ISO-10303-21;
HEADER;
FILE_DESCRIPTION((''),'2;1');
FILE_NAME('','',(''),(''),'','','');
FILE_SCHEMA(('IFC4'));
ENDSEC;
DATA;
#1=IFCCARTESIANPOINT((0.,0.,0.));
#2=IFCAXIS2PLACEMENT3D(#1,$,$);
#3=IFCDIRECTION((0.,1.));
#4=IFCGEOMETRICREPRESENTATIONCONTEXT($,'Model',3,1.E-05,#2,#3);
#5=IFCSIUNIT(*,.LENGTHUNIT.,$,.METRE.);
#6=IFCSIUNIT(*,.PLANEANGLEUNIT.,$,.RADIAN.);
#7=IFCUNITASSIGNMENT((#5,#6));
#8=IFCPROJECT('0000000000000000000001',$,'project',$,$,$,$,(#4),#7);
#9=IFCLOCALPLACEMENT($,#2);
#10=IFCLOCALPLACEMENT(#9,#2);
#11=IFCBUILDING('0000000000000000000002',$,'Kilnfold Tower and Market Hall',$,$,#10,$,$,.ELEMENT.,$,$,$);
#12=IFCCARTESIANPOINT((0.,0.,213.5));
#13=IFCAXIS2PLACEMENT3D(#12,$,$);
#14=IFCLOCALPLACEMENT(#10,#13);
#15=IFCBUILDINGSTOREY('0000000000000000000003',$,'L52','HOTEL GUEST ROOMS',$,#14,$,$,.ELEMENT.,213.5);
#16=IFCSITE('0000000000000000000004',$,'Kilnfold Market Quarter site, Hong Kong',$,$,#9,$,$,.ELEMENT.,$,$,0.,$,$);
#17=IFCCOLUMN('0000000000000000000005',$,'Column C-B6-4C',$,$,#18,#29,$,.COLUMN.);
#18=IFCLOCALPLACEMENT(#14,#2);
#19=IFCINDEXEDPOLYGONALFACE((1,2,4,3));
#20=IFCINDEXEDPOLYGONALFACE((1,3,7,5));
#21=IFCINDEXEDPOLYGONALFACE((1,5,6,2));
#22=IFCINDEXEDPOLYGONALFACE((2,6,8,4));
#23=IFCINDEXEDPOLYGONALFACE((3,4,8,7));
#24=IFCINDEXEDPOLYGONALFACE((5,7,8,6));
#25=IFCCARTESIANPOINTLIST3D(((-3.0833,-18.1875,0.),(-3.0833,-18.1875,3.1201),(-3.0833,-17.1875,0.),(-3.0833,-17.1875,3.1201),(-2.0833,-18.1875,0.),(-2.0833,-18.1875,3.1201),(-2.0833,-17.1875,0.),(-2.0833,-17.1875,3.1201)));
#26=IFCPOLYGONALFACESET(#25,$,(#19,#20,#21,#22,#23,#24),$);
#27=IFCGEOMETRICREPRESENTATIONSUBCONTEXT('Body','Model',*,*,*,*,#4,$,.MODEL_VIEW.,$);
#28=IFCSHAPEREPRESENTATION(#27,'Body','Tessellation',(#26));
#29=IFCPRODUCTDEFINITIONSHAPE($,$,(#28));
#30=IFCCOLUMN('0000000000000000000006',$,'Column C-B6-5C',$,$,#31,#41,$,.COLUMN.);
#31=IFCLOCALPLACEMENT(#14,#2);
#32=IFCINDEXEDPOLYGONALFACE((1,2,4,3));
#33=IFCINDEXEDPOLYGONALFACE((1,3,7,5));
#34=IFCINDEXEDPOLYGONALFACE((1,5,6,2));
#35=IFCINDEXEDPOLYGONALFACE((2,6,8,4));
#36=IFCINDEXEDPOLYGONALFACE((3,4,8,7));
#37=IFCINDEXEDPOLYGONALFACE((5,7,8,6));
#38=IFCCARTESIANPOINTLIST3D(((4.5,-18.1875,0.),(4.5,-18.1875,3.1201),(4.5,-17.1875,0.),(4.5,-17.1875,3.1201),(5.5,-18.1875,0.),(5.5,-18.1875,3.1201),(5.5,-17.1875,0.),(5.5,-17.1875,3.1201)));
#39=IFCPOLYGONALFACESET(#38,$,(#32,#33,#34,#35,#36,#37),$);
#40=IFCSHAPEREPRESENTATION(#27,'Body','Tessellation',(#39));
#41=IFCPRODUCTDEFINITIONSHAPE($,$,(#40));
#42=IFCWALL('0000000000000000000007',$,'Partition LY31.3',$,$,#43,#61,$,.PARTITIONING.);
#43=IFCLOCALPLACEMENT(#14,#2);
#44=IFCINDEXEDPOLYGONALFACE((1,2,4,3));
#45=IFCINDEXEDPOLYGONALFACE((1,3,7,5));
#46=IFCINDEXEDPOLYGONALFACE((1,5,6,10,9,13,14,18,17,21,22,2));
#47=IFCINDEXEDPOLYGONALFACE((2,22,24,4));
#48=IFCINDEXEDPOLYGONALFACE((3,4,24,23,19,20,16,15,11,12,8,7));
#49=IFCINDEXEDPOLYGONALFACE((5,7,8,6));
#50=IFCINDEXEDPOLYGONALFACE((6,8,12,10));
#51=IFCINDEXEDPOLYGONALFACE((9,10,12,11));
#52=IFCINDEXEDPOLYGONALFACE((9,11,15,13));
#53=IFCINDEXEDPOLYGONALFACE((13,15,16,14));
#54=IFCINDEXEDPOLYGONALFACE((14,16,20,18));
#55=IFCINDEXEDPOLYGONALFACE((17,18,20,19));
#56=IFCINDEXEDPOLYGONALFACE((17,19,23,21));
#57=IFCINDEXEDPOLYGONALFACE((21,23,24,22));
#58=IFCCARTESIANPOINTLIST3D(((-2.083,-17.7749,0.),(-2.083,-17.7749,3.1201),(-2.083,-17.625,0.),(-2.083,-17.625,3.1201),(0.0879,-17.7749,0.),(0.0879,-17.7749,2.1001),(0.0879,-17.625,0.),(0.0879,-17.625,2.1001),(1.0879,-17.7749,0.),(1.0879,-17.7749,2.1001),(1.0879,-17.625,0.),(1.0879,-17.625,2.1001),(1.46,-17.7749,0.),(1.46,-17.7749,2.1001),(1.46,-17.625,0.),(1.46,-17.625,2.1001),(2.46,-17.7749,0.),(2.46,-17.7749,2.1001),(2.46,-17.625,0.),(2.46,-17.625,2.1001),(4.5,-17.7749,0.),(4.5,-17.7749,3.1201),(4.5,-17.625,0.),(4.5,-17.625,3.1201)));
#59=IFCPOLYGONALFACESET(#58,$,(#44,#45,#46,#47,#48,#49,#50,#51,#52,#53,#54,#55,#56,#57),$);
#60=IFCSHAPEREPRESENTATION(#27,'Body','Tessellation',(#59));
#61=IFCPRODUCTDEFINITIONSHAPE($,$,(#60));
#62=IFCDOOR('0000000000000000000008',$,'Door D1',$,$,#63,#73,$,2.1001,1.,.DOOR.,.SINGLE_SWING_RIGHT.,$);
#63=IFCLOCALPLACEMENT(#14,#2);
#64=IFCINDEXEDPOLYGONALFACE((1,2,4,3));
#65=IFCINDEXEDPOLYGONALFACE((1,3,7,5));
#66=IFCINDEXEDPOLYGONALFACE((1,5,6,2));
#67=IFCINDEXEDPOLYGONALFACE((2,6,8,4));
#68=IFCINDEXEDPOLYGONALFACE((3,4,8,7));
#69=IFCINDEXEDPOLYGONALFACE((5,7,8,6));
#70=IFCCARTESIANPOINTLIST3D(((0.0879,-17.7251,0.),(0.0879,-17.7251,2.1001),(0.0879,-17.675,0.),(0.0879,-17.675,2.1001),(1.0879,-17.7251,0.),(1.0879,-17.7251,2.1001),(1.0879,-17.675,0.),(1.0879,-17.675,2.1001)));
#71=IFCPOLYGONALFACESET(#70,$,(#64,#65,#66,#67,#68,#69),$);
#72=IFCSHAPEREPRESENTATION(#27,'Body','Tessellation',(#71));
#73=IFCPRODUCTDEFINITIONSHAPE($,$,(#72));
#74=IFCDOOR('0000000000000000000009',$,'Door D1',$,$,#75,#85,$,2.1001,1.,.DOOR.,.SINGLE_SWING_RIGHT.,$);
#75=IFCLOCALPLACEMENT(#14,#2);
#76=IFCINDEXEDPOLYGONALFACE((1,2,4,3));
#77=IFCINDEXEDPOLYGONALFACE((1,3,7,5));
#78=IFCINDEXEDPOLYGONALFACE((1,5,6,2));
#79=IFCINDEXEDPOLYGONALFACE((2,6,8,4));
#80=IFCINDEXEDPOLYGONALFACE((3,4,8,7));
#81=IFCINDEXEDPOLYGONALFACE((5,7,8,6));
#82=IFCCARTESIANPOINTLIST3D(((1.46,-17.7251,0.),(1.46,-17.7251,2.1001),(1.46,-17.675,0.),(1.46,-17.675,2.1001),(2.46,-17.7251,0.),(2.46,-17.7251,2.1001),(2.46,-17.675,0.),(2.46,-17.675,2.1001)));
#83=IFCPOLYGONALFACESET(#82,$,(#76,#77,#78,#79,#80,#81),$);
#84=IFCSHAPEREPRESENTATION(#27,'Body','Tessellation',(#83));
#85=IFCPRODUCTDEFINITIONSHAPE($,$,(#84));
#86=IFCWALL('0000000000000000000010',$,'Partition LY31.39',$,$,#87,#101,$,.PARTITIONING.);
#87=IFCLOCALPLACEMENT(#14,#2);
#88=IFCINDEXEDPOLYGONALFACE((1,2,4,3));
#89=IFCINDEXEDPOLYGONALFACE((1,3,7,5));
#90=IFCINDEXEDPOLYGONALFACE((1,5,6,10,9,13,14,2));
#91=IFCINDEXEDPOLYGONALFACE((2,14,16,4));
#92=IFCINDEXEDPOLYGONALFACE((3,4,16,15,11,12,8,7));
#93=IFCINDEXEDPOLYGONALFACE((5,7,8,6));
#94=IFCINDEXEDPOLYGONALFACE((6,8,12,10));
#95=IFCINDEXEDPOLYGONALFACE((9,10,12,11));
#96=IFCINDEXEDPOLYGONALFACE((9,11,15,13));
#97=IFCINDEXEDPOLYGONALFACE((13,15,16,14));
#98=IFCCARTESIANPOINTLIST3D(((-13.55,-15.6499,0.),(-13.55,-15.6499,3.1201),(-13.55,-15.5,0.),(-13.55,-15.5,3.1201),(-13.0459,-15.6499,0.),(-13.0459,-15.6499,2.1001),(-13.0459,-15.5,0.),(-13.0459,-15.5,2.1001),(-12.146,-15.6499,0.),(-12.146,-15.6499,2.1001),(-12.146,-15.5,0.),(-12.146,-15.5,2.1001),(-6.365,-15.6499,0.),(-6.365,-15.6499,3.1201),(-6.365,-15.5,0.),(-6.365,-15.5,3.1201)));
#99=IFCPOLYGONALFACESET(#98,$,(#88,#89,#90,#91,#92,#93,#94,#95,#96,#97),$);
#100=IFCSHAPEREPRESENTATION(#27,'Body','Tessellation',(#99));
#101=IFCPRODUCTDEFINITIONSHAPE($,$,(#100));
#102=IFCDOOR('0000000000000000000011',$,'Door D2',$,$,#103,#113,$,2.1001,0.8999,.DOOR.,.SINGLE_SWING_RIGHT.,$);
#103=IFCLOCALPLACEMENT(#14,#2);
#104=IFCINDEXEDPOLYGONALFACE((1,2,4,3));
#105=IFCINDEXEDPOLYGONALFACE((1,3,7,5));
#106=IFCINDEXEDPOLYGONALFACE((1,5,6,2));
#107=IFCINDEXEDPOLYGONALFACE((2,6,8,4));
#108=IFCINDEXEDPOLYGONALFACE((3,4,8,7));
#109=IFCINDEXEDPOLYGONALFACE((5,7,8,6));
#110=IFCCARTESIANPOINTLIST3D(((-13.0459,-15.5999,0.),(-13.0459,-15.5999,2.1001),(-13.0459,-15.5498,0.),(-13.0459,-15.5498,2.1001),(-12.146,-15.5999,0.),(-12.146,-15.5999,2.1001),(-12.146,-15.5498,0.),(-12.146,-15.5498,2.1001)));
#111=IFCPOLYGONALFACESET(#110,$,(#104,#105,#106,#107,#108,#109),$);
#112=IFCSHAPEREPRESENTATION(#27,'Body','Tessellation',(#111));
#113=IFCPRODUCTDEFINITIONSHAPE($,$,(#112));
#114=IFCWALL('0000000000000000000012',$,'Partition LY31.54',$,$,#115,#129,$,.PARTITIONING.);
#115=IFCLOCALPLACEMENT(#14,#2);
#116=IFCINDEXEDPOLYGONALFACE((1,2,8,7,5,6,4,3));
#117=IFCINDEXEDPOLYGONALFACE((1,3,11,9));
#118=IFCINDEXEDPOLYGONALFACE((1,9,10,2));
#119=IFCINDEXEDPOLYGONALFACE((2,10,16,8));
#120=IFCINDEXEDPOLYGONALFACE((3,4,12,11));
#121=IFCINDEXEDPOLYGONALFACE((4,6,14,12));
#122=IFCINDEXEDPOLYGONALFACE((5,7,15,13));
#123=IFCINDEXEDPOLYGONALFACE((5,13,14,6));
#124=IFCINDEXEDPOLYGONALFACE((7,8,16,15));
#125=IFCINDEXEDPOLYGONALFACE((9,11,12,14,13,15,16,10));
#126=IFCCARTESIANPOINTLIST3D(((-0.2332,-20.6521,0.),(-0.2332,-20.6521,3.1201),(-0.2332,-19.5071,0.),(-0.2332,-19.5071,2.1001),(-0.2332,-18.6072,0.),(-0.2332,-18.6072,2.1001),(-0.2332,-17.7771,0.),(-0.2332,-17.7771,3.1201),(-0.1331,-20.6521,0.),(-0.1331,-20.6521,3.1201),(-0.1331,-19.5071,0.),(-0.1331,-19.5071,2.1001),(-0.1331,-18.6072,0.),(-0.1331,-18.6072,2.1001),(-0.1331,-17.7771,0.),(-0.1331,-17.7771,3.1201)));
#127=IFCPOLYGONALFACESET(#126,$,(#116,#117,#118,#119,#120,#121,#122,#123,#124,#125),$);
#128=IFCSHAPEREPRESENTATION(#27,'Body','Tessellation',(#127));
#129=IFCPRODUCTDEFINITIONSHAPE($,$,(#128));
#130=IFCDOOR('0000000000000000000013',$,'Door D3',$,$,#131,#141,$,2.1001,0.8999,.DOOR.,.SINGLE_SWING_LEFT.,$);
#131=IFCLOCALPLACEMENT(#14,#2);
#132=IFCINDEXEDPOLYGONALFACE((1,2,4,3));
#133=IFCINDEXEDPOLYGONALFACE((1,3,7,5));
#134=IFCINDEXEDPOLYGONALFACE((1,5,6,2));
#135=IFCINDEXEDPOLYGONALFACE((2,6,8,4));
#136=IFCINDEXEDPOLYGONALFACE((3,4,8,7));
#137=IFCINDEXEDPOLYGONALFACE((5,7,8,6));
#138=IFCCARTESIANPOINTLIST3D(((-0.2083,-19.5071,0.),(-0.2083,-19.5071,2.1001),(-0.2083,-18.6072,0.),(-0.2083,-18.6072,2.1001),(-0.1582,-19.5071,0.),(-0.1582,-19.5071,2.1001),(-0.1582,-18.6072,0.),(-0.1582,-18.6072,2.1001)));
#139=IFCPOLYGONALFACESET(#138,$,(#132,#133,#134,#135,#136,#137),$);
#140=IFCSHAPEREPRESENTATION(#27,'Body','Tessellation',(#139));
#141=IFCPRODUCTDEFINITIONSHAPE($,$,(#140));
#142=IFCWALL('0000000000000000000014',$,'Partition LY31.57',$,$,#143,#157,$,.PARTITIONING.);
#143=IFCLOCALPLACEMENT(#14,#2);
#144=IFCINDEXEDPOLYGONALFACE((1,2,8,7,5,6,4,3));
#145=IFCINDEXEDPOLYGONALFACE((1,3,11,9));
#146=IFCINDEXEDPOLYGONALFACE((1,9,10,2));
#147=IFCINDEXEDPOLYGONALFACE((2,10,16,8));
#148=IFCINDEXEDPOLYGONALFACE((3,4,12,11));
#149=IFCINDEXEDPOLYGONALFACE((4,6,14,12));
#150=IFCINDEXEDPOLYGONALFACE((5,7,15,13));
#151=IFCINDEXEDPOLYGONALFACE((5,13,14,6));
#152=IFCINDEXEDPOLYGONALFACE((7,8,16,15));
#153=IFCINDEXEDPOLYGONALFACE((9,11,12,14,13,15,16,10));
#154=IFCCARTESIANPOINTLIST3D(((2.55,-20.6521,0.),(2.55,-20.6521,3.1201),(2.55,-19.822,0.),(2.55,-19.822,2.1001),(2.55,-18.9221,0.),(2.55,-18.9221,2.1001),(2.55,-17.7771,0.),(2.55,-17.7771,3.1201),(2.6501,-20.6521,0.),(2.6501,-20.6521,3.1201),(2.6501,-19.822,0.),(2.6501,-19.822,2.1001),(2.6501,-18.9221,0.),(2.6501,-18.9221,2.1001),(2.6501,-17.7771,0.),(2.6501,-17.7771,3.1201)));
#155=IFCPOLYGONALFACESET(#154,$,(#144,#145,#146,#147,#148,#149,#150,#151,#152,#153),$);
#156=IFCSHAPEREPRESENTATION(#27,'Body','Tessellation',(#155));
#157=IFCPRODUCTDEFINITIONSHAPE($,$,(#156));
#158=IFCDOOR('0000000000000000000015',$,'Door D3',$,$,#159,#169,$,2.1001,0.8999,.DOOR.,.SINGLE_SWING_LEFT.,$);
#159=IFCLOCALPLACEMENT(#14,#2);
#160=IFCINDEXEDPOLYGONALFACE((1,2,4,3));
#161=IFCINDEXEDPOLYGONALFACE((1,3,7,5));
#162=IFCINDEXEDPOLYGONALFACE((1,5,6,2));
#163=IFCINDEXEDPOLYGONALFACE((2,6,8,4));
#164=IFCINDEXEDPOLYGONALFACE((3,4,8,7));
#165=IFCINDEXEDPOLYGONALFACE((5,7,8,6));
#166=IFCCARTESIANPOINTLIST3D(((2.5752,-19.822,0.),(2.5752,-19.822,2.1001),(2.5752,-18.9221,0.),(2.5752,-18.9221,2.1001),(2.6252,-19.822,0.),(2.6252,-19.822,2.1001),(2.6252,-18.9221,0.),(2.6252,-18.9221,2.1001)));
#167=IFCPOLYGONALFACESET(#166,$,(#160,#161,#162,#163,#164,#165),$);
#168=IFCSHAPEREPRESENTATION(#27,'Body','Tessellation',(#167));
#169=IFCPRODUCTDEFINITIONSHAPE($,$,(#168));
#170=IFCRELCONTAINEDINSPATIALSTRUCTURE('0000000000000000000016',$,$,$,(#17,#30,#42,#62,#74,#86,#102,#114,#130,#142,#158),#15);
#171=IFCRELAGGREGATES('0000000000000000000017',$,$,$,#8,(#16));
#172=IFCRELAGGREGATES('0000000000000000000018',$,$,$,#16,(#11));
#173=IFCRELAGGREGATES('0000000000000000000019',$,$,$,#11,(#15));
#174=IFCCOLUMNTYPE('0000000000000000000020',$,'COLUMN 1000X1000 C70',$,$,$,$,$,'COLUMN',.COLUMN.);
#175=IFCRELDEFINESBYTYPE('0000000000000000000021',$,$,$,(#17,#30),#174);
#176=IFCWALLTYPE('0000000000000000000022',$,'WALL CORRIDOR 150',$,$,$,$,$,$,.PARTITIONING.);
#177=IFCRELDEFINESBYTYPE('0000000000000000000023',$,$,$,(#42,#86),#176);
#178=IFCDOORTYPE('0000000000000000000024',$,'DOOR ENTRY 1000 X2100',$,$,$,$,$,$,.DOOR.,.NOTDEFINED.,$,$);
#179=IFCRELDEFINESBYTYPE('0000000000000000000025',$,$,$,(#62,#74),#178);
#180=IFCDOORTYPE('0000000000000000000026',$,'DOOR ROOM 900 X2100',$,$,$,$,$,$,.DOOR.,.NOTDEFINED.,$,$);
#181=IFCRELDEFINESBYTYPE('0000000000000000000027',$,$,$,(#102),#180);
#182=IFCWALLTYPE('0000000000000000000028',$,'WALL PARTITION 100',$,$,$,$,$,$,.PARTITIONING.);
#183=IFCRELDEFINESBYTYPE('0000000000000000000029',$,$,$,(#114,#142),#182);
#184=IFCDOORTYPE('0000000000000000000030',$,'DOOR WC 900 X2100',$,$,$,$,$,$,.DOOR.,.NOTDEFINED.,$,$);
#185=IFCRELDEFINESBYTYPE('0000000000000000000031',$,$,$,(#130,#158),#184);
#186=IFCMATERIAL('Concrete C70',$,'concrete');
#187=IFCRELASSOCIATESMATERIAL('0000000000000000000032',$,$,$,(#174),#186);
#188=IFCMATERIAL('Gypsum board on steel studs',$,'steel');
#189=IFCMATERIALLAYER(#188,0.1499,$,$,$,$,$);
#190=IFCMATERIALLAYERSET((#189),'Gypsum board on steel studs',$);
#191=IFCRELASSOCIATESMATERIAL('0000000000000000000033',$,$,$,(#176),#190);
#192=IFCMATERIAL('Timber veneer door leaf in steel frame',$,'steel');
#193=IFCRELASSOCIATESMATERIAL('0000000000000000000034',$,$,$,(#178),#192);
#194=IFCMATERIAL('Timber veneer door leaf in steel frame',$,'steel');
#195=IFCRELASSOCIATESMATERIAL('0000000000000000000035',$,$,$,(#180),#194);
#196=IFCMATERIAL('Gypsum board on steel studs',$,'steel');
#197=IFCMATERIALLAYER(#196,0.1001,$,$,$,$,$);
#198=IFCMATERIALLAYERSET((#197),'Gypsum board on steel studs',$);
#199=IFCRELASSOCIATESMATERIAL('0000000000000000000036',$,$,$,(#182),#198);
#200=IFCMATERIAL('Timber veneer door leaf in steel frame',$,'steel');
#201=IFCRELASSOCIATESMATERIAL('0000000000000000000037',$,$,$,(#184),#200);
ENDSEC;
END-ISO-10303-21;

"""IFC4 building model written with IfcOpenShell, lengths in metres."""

from ifc_helpers import new_model, si_unit, direction, frame, frame_2d, origin, origin_2d, place, context, subcontext, project, spatial, rectangle, extrude, source, transform, mapped, material, layer, layer_set, material_profile, profile_set, type_object, element, fill, save


model = new_model("IFC4")

# Units and contexts
model_context = context("Model", 3, precision=1e-05, world=origin(), true_north=direction((0.0, 1.0)))
body_context = subcontext(model_context, "Body", "Model", "MODEL_VIEW")
ifc_project = project(units=[si_unit("LENGTHUNIT", "METRE"), si_unit("PLANEANGLEUNIT", "RADIAN")], contexts=[model_context])

# Site, building, storey
site_placement = place(None, origin())
site = spatial("IfcSite", under=ifc_project, at=site_placement, Name="Kilnfold Market Quarter site, Hong Kong", CompositionType="ELEMENT", RefElevation=0.0)
building_placement = place(site_placement, origin())
building = spatial("IfcBuilding", under=site, at=building_placement, Name="Kilnfold Tower and Market Hall", CompositionType="ELEMENT")
storey_placement = place(building_placement, frame((0.0, 0.0, 213.5)))
storey = spatial("IfcBuildingStorey", under=building, at=storey_placement, Name="L52", Description="HOTEL GUEST ROOMS", CompositionType="ELEMENT", Elevation=213.5)

# Columns
ifc_material_1 = material(Name="Concrete C70", Category="concrete")
ifc_material_profile = material_profile(ifc_material_1, rectangle(XDim=1.0, YDim=1.0, at=origin_2d()), Name="RC 1000x1000")
ifc_profile_set = profile_set([ifc_material_profile], Name="Concrete C70")
column_type = type_object("IfcColumnType", Name="COLUMN 1000X1000 C70", ElementType="COLUMN", PredefinedType="COLUMN", material=ifc_profile_set)
shared_shape = source(origin(), body_context, "Body", "SweptSolid", [
    extrude(rectangle(XDim=1.0, YDim=1.0, at=origin_2d()), origin(), (0.0, 0.0, 1.0), 3.1201),
])
for number, where, z_axis, x_axis, name in (
    (1, (-2.5833, -17.6875, 0.0), (0.0, 0.0, 1.0), (1.0, 0.0, 0.0), "Column C-B6-4C"),
    (2, (5.0, -17.6875, 0.0), (0.0, 0.0, 1.0), (1.0, 0.0, 0.0), "Column C-B6-5C"),
):
    element("IfcColumn", number, at=place(storey_placement, frame(where, z_axis=z_axis, x_axis=x_axis)), inside=storey, type_object=column_type, Name=name, PredefinedType="COLUMN", context=body_context, shape_type="MappedRepresentation", body=[
        mapped(shared_shape, transform((0.0, 0.0, 0.0))),
    ])

# Wall, openings, doors
ifc_material_2 = material(Name="Gypsum board on steel studs", Category="steel")
ifc_layer_1 = layer(ifc_material_2, 0.1499)
ifc_layer_set_1 = layer_set([ifc_layer_1], Name="Gypsum board on steel studs")
wall_type_1 = type_object("IfcWallType", Name="WALL CORRIDOR 150", PredefinedType="PARTITIONING", material=ifc_layer_set_1)
wall_1_placement = place(storey_placement, frame((-2.083, -17.7, 0.0), z_axis=(0.0, 0.0, 1.0), x_axis=(1.0, 0.0, 0.0)))
wall_1 = element("IfcWall", 3, at=wall_1_placement, inside=storey, type_object=wall_type_1, Name="Partition LY31.3", PredefinedType="PARTITIONING", context=body_context, shape_type="SweptSolid", body=[
    extrude(rectangle(XDim=6.583, YDim=0.1499, at=frame_2d((3.2915, 0.0))), origin(), (0.0, 0.0, 1.0), 3.1201),
])
opening_1_placement = place(wall_1_placement, frame((2.1709, 0.0, 0.0)))
opening_1 = element("IfcOpeningElement", 4, at=opening_1_placement, cuts=wall_1, PredefinedType="OPENING", context=body_context, shape_type="SweptSolid", body=[
    extrude(rectangle(XDim=1.0, YDim=2.1001, at=frame_2d((0.5, 1.05))), frame((0.0, 0.085, 0.0), z_axis=(0.0, -1.0, 0.0), x_axis=(1.0, 0.0, 0.0)), (0.0, 0.0, 1.0), 0.1699),
])
opening_2_placement = place(wall_1_placement, frame((3.543, 0.0, 0.0)))
opening_2 = element("IfcOpeningElement", 5, at=opening_2_placement, cuts=wall_1, PredefinedType="OPENING", context=body_context, shape_type="SweptSolid", body=[
    extrude(rectangle(XDim=1.0, YDim=2.1001, at=frame_2d((0.5, 1.05))), frame((0.0, 0.085, 0.0), z_axis=(0.0, -1.0, 0.0), x_axis=(1.0, 0.0, 0.0)), (0.0, 0.0, 1.0), 0.1699),
])
ifc_material_3 = material(Name="Timber veneer door leaf in steel frame", Category="steel")
door_type_1 = type_object("IfcDoorType", Name="DOOR ENTRY 1000 X2100", OperationType="NOTDEFINED", PredefinedType="DOOR", material=ifc_material_3)
door_1_placement = place(opening_1_placement, origin())
door_1 = element("IfcDoor", 6, at=door_1_placement, inside=storey, type_object=door_type_1, Name="Door D1", OperationType="SINGLE_SWING_RIGHT", OverallHeight=2.1001, OverallWidth=1.0, PredefinedType="DOOR", context=body_context, shape_type="SweptSolid", body=[
    extrude(rectangle(XDim=1.0, YDim=2.1001, at=frame_2d((0.5, 1.05))), frame((0.0, 0.0249, 0.0), z_axis=(0.0, -1.0, 0.0), x_axis=(1.0, 0.0, 0.0)), (0.0, 0.0, 1.0), 0.05),
])
fill(opening_1, door_1)
door_2_placement = place(opening_2_placement, origin())
door_2 = element("IfcDoor", 7, at=door_2_placement, inside=storey, type_object=door_type_1, Name="Door D1", OperationType="SINGLE_SWING_RIGHT", OverallHeight=2.1001, OverallWidth=1.0, PredefinedType="DOOR", context=body_context, shape_type="SweptSolid", body=[
    extrude(rectangle(XDim=1.0, YDim=2.1001, at=frame_2d((0.5, 1.05))), frame((0.0, 0.0249, 0.0), z_axis=(0.0, -1.0, 0.0), x_axis=(1.0, 0.0, 0.0)), (0.0, 0.0, 1.0), 0.05),
])
fill(opening_2, door_2)

# Walls, openings, doors
wall_2_placement = place(storey_placement, frame((-6.365, -15.575, 0.0), z_axis=(0.0, 0.0, 1.0), x_axis=(-1.0, 0.0, 0.0)))
wall_2 = element("IfcWall", 8, at=wall_2_placement, inside=storey, type_object=wall_type_1, Name="Partition LY31.39", PredefinedType="PARTITIONING", context=body_context, shape_type="SweptSolid", body=[
    extrude(rectangle(XDim=7.1851, YDim=0.1499, at=frame_2d((3.5925, 0.0))), origin(), (0.0, 0.0, 1.0), 3.1201),
])
opening_3_placement = place(wall_2_placement, frame((5.781, 0.0, 0.0)))
opening_3 = element("IfcOpeningElement", 9, at=opening_3_placement, cuts=wall_2, PredefinedType="OPENING", context=body_context, shape_type="SweptSolid", body=[
    extrude(rectangle(XDim=0.8999, YDim=2.1001, at=frame_2d((0.45, 1.05))), frame((0.0, 0.085, 0.0), z_axis=(0.0, -1.0, 0.0), x_axis=(1.0, 0.0, 0.0)), (0.0, 0.0, 1.0), 0.1699),
])
ifc_material_4 = material(Name="Timber veneer door leaf in steel frame", Category="steel")
door_type_2 = type_object("IfcDoorType", Name="DOOR ROOM 900 X2100", OperationType="NOTDEFINED", PredefinedType="DOOR", material=ifc_material_4)
door_3_placement = place(opening_3_placement, origin())
door_3 = element("IfcDoor", 10, at=door_3_placement, inside=storey, type_object=door_type_2, Name="Door D2", OperationType="SINGLE_SWING_RIGHT", OverallHeight=2.1001, OverallWidth=0.8999, PredefinedType="DOOR", context=body_context, shape_type="SweptSolid", body=[
    extrude(rectangle(XDim=0.8999, YDim=2.1001, at=frame_2d((0.45, 1.05))), frame((0.0, 0.0249, 0.0), z_axis=(0.0, -1.0, 0.0), x_axis=(1.0, 0.0, 0.0)), (0.0, 0.0, 1.0), 0.05),
])
fill(opening_3, door_3)
ifc_material_5 = material(Name="Gypsum board on steel studs", Category="steel")
ifc_layer_2 = layer(ifc_material_5, 0.1001)
ifc_layer_set_2 = layer_set([ifc_layer_2], Name="Gypsum board on steel studs")
wall_type_2 = type_object("IfcWallType", Name="WALL PARTITION 100", PredefinedType="PARTITIONING", material=ifc_layer_set_2)
wall_3_placement = place(storey_placement, frame((-0.1831, -17.7771, 0.0), z_axis=(0.0, 0.0, 1.0), x_axis=(0.0, -1.0, 0.0)))
wall_3 = element("IfcWall", 11, at=wall_3_placement, inside=storey, type_object=wall_type_2, Name="Partition LY31.54", PredefinedType="PARTITIONING", context=body_context, shape_type="SweptSolid", body=[
    extrude(rectangle(XDim=2.875, YDim=0.1001, at=frame_2d((1.4375, 0.0))), origin(), (0.0, 0.0, 1.0), 3.1201),
])
opening_4_placement = place(wall_3_placement, frame((0.8301, 0.0, 0.0)))
opening_4 = element("IfcOpeningElement", 12, at=opening_4_placement, cuts=wall_3, PredefinedType="OPENING", context=body_context, shape_type="SweptSolid", body=[
    extrude(rectangle(XDim=0.8999, YDim=2.1001, at=frame_2d((0.45, 1.05))), frame((0.0, 0.0601, 0.0), z_axis=(0.0, -1.0, 0.0), x_axis=(1.0, 0.0, 0.0)), (0.0, 0.0, 1.0), 0.1201),
])
ifc_material_6 = material(Name="Timber veneer door leaf in steel frame", Category="steel")
door_type_3 = type_object("IfcDoorType", Name="DOOR WC 900 X2100", OperationType="NOTDEFINED", PredefinedType="DOOR", material=ifc_material_6)
door_4_placement = place(opening_4_placement, origin())
door_4 = element("IfcDoor", 13, at=door_4_placement, inside=storey, type_object=door_type_3, Name="Door D3", OperationType="SINGLE_SWING_LEFT", OverallHeight=2.1001, OverallWidth=0.8999, PredefinedType="DOOR", context=body_context, shape_type="SweptSolid", body=[
    extrude(rectangle(XDim=0.8999, YDim=2.1001, at=frame_2d((0.45, 1.05))), frame((0.0, 0.0249, 0.0), z_axis=(0.0, -1.0, 0.0), x_axis=(1.0, 0.0, 0.0)), (0.0, 0.0, 1.0), 0.05),
])
fill(opening_4, door_4)
wall_4_placement = place(storey_placement, frame((2.6001, -20.6521, 0.0), z_axis=(0.0, 0.0, 1.0), x_axis=(0.0, 1.0, 0.0)))
wall_4 = element("IfcWall", 14, at=wall_4_placement, inside=storey, type_object=wall_type_2, Name="Partition LY31.57", PredefinedType="PARTITIONING", context=body_context, shape_type="SweptSolid", body=[
    extrude(rectangle(XDim=2.875, YDim=0.1001, at=frame_2d((1.4375, 0.0))), origin(), (0.0, 0.0, 1.0), 3.1201),
])
opening_5_placement = place(wall_4_placement, frame((0.8301, 0.0, 0.0)))
opening_5 = element("IfcOpeningElement", 15, at=opening_5_placement, cuts=wall_4, PredefinedType="OPENING", context=body_context, shape_type="SweptSolid", body=[
    extrude(rectangle(XDim=0.8999, YDim=2.1001, at=frame_2d((0.45, 1.05))), frame((0.0, 0.0601, 0.0), z_axis=(0.0, -1.0, 0.0), x_axis=(1.0, 0.0, 0.0)), (0.0, 0.0, 1.0), 0.1201),
])
door_5_placement = place(opening_5_placement, origin())
door_5 = element("IfcDoor", 16, at=door_5_placement, inside=storey, type_object=door_type_3, Name="Door D3", OperationType="SINGLE_SWING_LEFT", OverallHeight=2.1001, OverallWidth=0.8999, PredefinedType="DOOR", context=body_context, shape_type="SweptSolid", body=[
    extrude(rectangle(XDim=0.8999, YDim=2.1001, at=frame_2d((0.45, 1.05))), frame((0.0, 0.0249, 0.0), z_axis=(0.0, -1.0, 0.0), x_axis=(1.0, 0.0, 0.0)), (0.0, 0.0, 1.0), 0.05),
])
fill(opening_5, door_5)

save(model, "model.ifc")
